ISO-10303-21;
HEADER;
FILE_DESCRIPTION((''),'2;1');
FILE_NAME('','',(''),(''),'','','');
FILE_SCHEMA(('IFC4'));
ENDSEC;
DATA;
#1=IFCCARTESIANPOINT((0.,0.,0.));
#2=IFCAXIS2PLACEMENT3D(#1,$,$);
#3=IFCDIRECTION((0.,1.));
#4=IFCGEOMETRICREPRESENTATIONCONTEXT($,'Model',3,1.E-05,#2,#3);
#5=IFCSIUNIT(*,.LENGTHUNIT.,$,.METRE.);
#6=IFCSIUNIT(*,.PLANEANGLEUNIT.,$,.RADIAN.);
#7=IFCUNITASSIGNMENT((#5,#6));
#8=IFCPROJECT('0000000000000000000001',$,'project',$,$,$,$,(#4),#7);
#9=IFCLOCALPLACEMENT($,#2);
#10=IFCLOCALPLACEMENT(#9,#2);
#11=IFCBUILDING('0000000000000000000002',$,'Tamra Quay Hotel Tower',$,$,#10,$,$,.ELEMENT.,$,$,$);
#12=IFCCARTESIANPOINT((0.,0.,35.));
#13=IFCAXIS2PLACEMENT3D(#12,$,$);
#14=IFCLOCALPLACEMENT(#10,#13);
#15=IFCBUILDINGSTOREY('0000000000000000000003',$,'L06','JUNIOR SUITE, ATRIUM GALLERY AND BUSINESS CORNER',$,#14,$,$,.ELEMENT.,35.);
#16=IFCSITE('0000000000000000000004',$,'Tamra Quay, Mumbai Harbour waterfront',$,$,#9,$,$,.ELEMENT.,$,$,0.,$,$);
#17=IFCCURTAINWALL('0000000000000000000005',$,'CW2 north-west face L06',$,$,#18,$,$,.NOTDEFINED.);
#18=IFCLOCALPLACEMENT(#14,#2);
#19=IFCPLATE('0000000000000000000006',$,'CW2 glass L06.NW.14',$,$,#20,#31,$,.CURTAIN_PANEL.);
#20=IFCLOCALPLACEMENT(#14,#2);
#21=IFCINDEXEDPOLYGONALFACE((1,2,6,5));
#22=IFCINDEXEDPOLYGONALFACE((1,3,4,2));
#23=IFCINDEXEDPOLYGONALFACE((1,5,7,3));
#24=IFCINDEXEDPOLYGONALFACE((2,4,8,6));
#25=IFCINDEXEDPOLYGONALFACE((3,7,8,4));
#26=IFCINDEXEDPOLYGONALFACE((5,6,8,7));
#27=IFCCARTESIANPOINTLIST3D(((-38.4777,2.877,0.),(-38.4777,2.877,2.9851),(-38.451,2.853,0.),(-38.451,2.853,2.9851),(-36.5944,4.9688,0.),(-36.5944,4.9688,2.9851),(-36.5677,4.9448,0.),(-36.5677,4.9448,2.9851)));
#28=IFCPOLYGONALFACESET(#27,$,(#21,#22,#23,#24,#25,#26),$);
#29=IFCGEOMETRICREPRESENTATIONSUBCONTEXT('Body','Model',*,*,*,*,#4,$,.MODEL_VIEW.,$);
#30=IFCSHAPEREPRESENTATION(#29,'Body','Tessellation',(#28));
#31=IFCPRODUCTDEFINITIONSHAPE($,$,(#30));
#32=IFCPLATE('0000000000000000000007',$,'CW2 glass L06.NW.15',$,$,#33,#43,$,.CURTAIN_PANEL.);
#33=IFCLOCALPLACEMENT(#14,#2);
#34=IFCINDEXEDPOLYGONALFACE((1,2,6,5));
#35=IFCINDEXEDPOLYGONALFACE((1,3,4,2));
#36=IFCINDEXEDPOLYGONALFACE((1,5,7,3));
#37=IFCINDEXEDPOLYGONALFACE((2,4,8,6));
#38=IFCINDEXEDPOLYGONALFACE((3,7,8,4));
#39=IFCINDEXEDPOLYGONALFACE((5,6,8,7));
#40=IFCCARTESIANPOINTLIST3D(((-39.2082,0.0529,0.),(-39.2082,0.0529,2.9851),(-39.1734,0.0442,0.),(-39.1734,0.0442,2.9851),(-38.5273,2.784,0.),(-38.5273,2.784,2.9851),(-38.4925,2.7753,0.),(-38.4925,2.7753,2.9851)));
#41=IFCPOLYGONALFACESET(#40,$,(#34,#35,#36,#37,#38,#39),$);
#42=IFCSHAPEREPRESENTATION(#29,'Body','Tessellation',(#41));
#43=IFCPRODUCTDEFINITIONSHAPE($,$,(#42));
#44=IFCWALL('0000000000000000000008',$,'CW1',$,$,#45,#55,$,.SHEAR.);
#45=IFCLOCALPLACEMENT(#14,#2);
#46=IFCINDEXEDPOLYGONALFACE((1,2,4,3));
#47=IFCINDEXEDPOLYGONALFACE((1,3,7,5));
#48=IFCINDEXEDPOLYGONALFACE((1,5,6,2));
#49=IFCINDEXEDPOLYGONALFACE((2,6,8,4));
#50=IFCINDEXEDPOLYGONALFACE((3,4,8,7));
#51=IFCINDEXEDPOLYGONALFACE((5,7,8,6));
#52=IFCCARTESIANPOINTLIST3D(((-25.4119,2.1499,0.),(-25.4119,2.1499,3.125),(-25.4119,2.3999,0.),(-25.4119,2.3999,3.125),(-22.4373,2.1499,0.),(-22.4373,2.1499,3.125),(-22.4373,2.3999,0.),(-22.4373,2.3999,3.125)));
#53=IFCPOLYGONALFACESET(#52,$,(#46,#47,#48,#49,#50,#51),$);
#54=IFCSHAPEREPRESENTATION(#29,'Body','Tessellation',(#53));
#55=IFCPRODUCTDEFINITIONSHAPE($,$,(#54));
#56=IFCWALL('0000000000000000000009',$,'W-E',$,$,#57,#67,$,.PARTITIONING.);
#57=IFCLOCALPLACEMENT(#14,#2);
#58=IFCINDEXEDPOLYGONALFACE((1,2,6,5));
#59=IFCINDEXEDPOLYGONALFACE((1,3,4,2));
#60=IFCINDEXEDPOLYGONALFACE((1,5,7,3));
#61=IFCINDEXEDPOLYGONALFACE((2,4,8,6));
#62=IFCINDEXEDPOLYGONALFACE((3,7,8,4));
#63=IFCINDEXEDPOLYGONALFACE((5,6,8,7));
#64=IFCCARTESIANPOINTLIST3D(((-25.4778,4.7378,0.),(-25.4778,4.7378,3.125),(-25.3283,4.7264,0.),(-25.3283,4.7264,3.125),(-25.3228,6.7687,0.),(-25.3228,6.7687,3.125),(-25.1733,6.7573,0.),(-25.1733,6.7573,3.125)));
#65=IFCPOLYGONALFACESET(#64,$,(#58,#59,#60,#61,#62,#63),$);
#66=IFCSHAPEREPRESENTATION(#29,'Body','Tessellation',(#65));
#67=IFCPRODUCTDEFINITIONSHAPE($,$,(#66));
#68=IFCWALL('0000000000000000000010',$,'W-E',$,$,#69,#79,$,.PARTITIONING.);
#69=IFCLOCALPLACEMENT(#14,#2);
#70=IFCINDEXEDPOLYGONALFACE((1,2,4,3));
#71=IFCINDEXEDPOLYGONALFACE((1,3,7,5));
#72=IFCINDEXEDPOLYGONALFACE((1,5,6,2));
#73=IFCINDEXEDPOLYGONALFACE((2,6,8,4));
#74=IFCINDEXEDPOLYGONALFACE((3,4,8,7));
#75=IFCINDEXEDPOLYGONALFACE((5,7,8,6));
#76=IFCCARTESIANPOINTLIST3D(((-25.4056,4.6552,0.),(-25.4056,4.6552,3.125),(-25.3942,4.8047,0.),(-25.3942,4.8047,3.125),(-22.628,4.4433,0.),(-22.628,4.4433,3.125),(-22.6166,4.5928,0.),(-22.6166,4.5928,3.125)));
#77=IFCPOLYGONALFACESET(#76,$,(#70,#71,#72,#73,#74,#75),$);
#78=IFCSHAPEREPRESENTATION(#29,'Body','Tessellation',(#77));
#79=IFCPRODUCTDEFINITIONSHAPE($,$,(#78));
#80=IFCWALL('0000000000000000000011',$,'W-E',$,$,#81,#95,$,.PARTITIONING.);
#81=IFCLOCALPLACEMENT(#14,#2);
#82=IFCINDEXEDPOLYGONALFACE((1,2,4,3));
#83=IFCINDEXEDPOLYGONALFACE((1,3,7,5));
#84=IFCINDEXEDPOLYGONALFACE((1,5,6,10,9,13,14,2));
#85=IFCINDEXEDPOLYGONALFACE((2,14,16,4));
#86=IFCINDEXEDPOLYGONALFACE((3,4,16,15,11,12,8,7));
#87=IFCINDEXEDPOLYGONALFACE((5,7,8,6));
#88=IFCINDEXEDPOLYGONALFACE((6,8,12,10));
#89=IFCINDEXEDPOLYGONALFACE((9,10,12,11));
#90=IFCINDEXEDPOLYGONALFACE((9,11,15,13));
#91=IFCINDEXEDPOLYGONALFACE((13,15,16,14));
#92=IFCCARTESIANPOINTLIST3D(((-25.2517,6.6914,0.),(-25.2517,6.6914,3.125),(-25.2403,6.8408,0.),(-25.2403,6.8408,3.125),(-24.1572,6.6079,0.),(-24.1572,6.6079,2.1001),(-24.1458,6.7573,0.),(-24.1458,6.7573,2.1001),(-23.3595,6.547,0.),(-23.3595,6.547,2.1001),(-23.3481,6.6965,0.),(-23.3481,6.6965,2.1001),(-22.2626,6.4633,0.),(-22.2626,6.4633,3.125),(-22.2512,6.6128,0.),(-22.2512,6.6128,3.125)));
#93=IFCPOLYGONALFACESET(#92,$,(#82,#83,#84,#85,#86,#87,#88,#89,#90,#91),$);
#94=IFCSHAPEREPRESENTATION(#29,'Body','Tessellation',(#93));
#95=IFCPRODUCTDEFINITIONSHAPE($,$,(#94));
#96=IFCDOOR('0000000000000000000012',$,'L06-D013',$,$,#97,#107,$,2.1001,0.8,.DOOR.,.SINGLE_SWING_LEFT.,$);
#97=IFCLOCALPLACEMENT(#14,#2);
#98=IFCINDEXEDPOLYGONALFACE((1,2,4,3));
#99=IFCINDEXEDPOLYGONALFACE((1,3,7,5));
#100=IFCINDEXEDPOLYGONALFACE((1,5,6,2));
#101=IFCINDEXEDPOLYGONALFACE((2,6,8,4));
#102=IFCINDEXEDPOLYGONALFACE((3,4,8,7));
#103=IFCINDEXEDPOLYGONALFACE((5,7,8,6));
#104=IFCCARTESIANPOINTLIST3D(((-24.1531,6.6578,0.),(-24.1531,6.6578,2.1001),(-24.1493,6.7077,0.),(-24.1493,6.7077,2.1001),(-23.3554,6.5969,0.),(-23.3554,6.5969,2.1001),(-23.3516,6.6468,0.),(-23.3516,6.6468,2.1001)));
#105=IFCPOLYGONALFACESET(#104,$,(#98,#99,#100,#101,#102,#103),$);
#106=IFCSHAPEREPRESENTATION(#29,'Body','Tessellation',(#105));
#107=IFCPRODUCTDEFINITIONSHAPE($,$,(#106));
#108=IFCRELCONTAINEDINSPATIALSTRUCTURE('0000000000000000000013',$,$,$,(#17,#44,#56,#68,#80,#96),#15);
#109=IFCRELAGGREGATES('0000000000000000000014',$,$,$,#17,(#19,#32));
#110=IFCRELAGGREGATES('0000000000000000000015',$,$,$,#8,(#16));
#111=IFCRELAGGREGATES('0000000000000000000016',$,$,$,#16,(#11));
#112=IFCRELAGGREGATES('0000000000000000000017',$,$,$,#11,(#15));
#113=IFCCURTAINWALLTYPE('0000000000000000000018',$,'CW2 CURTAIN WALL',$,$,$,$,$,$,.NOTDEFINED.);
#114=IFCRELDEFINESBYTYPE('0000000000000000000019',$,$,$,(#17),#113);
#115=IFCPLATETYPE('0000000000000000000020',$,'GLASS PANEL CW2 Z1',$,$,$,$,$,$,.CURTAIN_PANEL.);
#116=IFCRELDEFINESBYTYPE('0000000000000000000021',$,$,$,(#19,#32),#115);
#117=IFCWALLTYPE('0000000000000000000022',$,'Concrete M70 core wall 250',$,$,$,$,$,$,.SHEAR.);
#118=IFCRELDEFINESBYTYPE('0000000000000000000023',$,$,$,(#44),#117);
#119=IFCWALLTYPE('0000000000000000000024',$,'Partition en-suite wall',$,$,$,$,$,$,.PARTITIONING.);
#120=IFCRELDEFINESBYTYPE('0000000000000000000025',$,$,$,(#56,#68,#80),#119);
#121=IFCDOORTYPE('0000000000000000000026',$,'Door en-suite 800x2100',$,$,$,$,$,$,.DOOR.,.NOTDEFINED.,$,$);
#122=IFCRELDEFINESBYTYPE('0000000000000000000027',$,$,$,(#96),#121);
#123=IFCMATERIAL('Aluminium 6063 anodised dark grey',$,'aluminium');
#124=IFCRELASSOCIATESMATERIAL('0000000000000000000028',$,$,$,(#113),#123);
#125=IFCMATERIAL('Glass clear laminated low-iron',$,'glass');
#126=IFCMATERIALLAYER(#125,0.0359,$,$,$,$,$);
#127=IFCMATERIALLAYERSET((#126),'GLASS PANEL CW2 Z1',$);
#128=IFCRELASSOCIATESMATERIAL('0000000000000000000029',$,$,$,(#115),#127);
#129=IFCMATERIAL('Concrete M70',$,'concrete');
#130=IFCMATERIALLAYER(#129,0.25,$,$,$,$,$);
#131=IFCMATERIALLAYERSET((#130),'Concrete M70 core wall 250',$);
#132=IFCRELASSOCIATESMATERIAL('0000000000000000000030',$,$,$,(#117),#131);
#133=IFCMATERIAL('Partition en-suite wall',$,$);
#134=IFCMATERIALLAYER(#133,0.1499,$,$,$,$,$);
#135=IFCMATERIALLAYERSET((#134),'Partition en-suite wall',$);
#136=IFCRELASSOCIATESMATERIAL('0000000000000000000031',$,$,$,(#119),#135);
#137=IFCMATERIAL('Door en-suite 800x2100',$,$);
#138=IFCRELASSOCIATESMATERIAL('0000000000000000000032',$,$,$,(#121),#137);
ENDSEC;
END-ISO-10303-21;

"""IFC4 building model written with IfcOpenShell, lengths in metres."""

from ifc_helpers import new_model, si_unit, direction, frame, frame_2d, origin, origin_2d, place, context, subcontext, project, spatial, rectangle, extrude, material, layer, layer_set, type_object, element, fill, aggregate, save


model = new_model("IFC4")

# Units and contexts
model_context = context("Model", 3, precision=1e-05, world=origin(), true_north=direction((0.0, 1.0)))
body_context = subcontext(model_context, "Body", "Model", "MODEL_VIEW")
ifc_project = project(units=[si_unit("LENGTHUNIT", "METRE"), si_unit("PLANEANGLEUNIT", "RADIAN")], contexts=[model_context])

# Site, building, storey
site_placement = place(None, origin())
site = spatial("IfcSite", under=ifc_project, at=site_placement, Name="Tamra Quay, Mumbai Harbour waterfront", CompositionType="ELEMENT", RefElevation=0.0)
building_placement = place(site_placement, origin())
building = spatial("IfcBuilding", under=site, at=building_placement, Name="Tamra Quay Hotel Tower", CompositionType="ELEMENT")
storey_placement = place(building_placement, frame((0.0, 0.0, 35.0)))
storey = spatial("IfcBuildingStorey", under=building, at=storey_placement, Name="L06", Description="JUNIOR SUITE, ATRIUM GALLERY AND BUSINESS CORNER", CompositionType="ELEMENT", Elevation=35.0)

# Shared definitions
ifc_material_1 = material(Name="Concrete M70", Category="concrete")

# Curtain wall, plates
ifc_material_2 = material(Name="Aluminium 6063 anodised dark grey", Category="aluminium")
curtain_wall_type = type_object("IfcCurtainWallType", Name="CW2 CURTAIN WALL", PredefinedType="NOTDEFINED", material=ifc_material_2)
curtain_wall_placement = place(storey_placement, origin())
curtain_wall = element("IfcCurtainWall", 1, at=curtain_wall_placement, inside=storey, type_object=curtain_wall_type, Name="CW2 north-west face L06", PredefinedType="NOTDEFINED")
ifc_material_3 = material(Name="Glass clear laminated low-iron", Category="glass")
ifc_layer_1 = layer(ifc_material_3, 0.0359)
ifc_layer_set_1 = layer_set([ifc_layer_1], Name="GLASS PANEL CW2 Z1")
plate_type = type_object("IfcPlateType", Name="GLASS PANEL CW2 Z1", PredefinedType="CURTAIN_PANEL", material=ifc_layer_set_1)
plate_1_placement = place(storey_placement, frame((-37.5227, 3.9109, 0.0), z_axis=(0.0, 0.0, 1.0), x_axis=(-0.669112, -0.743161, 0.0)))
plate_1 = element("IfcPlate", 2, at=plate_1_placement, type_object=plate_type, Name="CW2 glass L06.NW.14", PredefinedType="CURTAIN_PANEL", context=body_context, shape_type="SweptSolid", body=[
    extrude(rectangle(XDim=2.8147, YDim=0.0359, at=origin_2d()), origin(), (0.0, 0.0, 1.0), 2.9851),
])
plate_2_placement = place(storey_placement, frame((-38.8503, 1.4141, 0.0), z_axis=(0.0, 0.0, 1.0), x_axis=(-0.241914, -0.970298, 0.0)))
plate_2 = element("IfcPlate", 3, at=plate_2_placement, type_object=plate_type, Name="CW2 glass L06.NW.15", PredefinedType="CURTAIN_PANEL", context=body_context, shape_type="SweptSolid", body=[
    extrude(rectangle(XDim=2.8147, YDim=0.0359, at=origin_2d()), origin(), (0.0, 0.0, 1.0), 2.9851),
])
aggregate(curtain_wall, [plate_1, plate_2])

# Walls
ifc_layer_2 = layer(ifc_material_1, 0.25)
ifc_layer_set_2 = layer_set([ifc_layer_2], Name="Concrete M70 core wall 250")
wall_type_1 = type_object("IfcWallType", Name="Concrete M70 core wall 250", PredefinedType="SHEAR", material=ifc_layer_set_2)
wall_1_placement = place(storey_placement, frame((-25.4119, 2.2749, 0.0), z_axis=(0.0, 0.0, 1.0), x_axis=(1.0, 0.0, 0.0)))
element("IfcWall", 4, at=wall_1_placement, inside=storey, type_object=wall_type_1, Name="CW1", PredefinedType="SHEAR", context=body_context, shape_type="SweptSolid", body=[
    extrude(rectangle(XDim=2.9746, YDim=0.25, at=frame_2d((1.4873, 0.0))), origin(), (0.0, 0.0, 1.0), 3.125),
])
ifc_material_4 = material(Name="Partition en-suite wall")
ifc_layer_3 = layer(ifc_material_4, 0.1499)
ifc_layer_set_3 = layer_set([ifc_layer_3], Name="Partition en-suite wall")
wall_type_2 = type_object("IfcWallType", Name="Partition en-suite wall", PredefinedType="PARTITIONING", material=ifc_layer_set_3)
wall_2_placement = place(storey_placement, frame((-25.4031, 4.7319, 0.0), z_axis=(0.0, 0.0, 1.0), x_axis=(0.07611, 0.997099, 0.0)))
element("IfcWall", 5, at=wall_2_placement, inside=storey, type_object=wall_type_2, Name="W-E", PredefinedType="PARTITIONING", context=body_context, shape_type="SweptSolid", body=[
    extrude(rectangle(XDim=2.0369, YDim=0.1499, at=frame_2d((1.0186, 0.0))), origin(), (0.0, 0.0, 1.0), 3.125),
])
wall_3_placement = place(storey_placement, frame((-25.3999, 4.73, 0.0), z_axis=(0.0, 0.0, 1.0), x_axis=(0.997102, -0.076073, 0.0)))
element("IfcWall", 6, at=wall_3_placement, inside=storey, type_object=wall_type_2, Name="W-E", PredefinedType="PARTITIONING", context=body_context, shape_type="SweptSolid", body=[
    extrude(rectangle(XDim=2.7856, YDim=0.1499, at=frame_2d((1.3928, 0.0))), origin(), (0.0, 0.0, 1.0), 3.125),
])

# Wall, opening, door
wall_4_placement = place(storey_placement, frame((-25.2461, 6.7661, 0.0), z_axis=(0.0, 0.0, 1.0), x_axis=(0.997103, -0.076067, 0.0)))
wall_4 = element("IfcWall", 7, at=wall_4_placement, inside=storey, type_object=wall_type_2, Name="W-E", PredefinedType="PARTITIONING", context=body_context, shape_type="SweptSolid", body=[
    extrude(rectangle(XDim=2.9978, YDim=0.1499, at=frame_2d((1.499, 0.0))), origin(), (0.0, 0.0, 1.0), 3.125),
])
opening_placement = place(wall_4_placement, frame((1.0979, 0.0, 0.0)))
opening = element("IfcOpeningElement", 8, at=opening_placement, cuts=wall_4, PredefinedType="OPENING", context=body_context, shape_type="SweptSolid", body=[
    extrude(rectangle(XDim=0.8, YDim=2.1001, at=frame_2d((0.3999, 1.05))), frame((0.0, 0.085, 0.0), z_axis=(0.0, -1.0, 0.0), x_axis=(1.0, 0.0, 0.0)), (0.0, 0.0, 1.0), 0.1699),
])
ifc_material_5 = material(Name="Door en-suite 800x2100")
door_type = type_object("IfcDoorType", Name="Door en-suite 800x2100", OperationType="NOTDEFINED", PredefinedType="DOOR", material=ifc_material_5)
door_placement = place(opening_placement, frame((0.8, 0.0, 0.0), z_axis=(0.0, 0.0, 1.0), x_axis=(-1.0, 0.0, 0.0)))
door = element("IfcDoor", 9, at=door_placement, inside=storey, type_object=door_type, Name="L06-D013", OperationType="SINGLE_SWING_LEFT", OverallHeight=2.1001, OverallWidth=0.8, PredefinedType="DOOR", context=body_context, shape_type="SweptSolid", body=[
    extrude(rectangle(XDim=0.8, YDim=2.1001, at=frame_2d((0.3999, 1.05))), frame((0.0, 0.0249, 0.0), z_axis=(0.0, -1.0, 0.0), x_axis=(1.0, 0.0, 0.0)), (0.0, 0.0, 1.0), 0.05),
])
fill(opening, door)

save(model, "model.ifc")
